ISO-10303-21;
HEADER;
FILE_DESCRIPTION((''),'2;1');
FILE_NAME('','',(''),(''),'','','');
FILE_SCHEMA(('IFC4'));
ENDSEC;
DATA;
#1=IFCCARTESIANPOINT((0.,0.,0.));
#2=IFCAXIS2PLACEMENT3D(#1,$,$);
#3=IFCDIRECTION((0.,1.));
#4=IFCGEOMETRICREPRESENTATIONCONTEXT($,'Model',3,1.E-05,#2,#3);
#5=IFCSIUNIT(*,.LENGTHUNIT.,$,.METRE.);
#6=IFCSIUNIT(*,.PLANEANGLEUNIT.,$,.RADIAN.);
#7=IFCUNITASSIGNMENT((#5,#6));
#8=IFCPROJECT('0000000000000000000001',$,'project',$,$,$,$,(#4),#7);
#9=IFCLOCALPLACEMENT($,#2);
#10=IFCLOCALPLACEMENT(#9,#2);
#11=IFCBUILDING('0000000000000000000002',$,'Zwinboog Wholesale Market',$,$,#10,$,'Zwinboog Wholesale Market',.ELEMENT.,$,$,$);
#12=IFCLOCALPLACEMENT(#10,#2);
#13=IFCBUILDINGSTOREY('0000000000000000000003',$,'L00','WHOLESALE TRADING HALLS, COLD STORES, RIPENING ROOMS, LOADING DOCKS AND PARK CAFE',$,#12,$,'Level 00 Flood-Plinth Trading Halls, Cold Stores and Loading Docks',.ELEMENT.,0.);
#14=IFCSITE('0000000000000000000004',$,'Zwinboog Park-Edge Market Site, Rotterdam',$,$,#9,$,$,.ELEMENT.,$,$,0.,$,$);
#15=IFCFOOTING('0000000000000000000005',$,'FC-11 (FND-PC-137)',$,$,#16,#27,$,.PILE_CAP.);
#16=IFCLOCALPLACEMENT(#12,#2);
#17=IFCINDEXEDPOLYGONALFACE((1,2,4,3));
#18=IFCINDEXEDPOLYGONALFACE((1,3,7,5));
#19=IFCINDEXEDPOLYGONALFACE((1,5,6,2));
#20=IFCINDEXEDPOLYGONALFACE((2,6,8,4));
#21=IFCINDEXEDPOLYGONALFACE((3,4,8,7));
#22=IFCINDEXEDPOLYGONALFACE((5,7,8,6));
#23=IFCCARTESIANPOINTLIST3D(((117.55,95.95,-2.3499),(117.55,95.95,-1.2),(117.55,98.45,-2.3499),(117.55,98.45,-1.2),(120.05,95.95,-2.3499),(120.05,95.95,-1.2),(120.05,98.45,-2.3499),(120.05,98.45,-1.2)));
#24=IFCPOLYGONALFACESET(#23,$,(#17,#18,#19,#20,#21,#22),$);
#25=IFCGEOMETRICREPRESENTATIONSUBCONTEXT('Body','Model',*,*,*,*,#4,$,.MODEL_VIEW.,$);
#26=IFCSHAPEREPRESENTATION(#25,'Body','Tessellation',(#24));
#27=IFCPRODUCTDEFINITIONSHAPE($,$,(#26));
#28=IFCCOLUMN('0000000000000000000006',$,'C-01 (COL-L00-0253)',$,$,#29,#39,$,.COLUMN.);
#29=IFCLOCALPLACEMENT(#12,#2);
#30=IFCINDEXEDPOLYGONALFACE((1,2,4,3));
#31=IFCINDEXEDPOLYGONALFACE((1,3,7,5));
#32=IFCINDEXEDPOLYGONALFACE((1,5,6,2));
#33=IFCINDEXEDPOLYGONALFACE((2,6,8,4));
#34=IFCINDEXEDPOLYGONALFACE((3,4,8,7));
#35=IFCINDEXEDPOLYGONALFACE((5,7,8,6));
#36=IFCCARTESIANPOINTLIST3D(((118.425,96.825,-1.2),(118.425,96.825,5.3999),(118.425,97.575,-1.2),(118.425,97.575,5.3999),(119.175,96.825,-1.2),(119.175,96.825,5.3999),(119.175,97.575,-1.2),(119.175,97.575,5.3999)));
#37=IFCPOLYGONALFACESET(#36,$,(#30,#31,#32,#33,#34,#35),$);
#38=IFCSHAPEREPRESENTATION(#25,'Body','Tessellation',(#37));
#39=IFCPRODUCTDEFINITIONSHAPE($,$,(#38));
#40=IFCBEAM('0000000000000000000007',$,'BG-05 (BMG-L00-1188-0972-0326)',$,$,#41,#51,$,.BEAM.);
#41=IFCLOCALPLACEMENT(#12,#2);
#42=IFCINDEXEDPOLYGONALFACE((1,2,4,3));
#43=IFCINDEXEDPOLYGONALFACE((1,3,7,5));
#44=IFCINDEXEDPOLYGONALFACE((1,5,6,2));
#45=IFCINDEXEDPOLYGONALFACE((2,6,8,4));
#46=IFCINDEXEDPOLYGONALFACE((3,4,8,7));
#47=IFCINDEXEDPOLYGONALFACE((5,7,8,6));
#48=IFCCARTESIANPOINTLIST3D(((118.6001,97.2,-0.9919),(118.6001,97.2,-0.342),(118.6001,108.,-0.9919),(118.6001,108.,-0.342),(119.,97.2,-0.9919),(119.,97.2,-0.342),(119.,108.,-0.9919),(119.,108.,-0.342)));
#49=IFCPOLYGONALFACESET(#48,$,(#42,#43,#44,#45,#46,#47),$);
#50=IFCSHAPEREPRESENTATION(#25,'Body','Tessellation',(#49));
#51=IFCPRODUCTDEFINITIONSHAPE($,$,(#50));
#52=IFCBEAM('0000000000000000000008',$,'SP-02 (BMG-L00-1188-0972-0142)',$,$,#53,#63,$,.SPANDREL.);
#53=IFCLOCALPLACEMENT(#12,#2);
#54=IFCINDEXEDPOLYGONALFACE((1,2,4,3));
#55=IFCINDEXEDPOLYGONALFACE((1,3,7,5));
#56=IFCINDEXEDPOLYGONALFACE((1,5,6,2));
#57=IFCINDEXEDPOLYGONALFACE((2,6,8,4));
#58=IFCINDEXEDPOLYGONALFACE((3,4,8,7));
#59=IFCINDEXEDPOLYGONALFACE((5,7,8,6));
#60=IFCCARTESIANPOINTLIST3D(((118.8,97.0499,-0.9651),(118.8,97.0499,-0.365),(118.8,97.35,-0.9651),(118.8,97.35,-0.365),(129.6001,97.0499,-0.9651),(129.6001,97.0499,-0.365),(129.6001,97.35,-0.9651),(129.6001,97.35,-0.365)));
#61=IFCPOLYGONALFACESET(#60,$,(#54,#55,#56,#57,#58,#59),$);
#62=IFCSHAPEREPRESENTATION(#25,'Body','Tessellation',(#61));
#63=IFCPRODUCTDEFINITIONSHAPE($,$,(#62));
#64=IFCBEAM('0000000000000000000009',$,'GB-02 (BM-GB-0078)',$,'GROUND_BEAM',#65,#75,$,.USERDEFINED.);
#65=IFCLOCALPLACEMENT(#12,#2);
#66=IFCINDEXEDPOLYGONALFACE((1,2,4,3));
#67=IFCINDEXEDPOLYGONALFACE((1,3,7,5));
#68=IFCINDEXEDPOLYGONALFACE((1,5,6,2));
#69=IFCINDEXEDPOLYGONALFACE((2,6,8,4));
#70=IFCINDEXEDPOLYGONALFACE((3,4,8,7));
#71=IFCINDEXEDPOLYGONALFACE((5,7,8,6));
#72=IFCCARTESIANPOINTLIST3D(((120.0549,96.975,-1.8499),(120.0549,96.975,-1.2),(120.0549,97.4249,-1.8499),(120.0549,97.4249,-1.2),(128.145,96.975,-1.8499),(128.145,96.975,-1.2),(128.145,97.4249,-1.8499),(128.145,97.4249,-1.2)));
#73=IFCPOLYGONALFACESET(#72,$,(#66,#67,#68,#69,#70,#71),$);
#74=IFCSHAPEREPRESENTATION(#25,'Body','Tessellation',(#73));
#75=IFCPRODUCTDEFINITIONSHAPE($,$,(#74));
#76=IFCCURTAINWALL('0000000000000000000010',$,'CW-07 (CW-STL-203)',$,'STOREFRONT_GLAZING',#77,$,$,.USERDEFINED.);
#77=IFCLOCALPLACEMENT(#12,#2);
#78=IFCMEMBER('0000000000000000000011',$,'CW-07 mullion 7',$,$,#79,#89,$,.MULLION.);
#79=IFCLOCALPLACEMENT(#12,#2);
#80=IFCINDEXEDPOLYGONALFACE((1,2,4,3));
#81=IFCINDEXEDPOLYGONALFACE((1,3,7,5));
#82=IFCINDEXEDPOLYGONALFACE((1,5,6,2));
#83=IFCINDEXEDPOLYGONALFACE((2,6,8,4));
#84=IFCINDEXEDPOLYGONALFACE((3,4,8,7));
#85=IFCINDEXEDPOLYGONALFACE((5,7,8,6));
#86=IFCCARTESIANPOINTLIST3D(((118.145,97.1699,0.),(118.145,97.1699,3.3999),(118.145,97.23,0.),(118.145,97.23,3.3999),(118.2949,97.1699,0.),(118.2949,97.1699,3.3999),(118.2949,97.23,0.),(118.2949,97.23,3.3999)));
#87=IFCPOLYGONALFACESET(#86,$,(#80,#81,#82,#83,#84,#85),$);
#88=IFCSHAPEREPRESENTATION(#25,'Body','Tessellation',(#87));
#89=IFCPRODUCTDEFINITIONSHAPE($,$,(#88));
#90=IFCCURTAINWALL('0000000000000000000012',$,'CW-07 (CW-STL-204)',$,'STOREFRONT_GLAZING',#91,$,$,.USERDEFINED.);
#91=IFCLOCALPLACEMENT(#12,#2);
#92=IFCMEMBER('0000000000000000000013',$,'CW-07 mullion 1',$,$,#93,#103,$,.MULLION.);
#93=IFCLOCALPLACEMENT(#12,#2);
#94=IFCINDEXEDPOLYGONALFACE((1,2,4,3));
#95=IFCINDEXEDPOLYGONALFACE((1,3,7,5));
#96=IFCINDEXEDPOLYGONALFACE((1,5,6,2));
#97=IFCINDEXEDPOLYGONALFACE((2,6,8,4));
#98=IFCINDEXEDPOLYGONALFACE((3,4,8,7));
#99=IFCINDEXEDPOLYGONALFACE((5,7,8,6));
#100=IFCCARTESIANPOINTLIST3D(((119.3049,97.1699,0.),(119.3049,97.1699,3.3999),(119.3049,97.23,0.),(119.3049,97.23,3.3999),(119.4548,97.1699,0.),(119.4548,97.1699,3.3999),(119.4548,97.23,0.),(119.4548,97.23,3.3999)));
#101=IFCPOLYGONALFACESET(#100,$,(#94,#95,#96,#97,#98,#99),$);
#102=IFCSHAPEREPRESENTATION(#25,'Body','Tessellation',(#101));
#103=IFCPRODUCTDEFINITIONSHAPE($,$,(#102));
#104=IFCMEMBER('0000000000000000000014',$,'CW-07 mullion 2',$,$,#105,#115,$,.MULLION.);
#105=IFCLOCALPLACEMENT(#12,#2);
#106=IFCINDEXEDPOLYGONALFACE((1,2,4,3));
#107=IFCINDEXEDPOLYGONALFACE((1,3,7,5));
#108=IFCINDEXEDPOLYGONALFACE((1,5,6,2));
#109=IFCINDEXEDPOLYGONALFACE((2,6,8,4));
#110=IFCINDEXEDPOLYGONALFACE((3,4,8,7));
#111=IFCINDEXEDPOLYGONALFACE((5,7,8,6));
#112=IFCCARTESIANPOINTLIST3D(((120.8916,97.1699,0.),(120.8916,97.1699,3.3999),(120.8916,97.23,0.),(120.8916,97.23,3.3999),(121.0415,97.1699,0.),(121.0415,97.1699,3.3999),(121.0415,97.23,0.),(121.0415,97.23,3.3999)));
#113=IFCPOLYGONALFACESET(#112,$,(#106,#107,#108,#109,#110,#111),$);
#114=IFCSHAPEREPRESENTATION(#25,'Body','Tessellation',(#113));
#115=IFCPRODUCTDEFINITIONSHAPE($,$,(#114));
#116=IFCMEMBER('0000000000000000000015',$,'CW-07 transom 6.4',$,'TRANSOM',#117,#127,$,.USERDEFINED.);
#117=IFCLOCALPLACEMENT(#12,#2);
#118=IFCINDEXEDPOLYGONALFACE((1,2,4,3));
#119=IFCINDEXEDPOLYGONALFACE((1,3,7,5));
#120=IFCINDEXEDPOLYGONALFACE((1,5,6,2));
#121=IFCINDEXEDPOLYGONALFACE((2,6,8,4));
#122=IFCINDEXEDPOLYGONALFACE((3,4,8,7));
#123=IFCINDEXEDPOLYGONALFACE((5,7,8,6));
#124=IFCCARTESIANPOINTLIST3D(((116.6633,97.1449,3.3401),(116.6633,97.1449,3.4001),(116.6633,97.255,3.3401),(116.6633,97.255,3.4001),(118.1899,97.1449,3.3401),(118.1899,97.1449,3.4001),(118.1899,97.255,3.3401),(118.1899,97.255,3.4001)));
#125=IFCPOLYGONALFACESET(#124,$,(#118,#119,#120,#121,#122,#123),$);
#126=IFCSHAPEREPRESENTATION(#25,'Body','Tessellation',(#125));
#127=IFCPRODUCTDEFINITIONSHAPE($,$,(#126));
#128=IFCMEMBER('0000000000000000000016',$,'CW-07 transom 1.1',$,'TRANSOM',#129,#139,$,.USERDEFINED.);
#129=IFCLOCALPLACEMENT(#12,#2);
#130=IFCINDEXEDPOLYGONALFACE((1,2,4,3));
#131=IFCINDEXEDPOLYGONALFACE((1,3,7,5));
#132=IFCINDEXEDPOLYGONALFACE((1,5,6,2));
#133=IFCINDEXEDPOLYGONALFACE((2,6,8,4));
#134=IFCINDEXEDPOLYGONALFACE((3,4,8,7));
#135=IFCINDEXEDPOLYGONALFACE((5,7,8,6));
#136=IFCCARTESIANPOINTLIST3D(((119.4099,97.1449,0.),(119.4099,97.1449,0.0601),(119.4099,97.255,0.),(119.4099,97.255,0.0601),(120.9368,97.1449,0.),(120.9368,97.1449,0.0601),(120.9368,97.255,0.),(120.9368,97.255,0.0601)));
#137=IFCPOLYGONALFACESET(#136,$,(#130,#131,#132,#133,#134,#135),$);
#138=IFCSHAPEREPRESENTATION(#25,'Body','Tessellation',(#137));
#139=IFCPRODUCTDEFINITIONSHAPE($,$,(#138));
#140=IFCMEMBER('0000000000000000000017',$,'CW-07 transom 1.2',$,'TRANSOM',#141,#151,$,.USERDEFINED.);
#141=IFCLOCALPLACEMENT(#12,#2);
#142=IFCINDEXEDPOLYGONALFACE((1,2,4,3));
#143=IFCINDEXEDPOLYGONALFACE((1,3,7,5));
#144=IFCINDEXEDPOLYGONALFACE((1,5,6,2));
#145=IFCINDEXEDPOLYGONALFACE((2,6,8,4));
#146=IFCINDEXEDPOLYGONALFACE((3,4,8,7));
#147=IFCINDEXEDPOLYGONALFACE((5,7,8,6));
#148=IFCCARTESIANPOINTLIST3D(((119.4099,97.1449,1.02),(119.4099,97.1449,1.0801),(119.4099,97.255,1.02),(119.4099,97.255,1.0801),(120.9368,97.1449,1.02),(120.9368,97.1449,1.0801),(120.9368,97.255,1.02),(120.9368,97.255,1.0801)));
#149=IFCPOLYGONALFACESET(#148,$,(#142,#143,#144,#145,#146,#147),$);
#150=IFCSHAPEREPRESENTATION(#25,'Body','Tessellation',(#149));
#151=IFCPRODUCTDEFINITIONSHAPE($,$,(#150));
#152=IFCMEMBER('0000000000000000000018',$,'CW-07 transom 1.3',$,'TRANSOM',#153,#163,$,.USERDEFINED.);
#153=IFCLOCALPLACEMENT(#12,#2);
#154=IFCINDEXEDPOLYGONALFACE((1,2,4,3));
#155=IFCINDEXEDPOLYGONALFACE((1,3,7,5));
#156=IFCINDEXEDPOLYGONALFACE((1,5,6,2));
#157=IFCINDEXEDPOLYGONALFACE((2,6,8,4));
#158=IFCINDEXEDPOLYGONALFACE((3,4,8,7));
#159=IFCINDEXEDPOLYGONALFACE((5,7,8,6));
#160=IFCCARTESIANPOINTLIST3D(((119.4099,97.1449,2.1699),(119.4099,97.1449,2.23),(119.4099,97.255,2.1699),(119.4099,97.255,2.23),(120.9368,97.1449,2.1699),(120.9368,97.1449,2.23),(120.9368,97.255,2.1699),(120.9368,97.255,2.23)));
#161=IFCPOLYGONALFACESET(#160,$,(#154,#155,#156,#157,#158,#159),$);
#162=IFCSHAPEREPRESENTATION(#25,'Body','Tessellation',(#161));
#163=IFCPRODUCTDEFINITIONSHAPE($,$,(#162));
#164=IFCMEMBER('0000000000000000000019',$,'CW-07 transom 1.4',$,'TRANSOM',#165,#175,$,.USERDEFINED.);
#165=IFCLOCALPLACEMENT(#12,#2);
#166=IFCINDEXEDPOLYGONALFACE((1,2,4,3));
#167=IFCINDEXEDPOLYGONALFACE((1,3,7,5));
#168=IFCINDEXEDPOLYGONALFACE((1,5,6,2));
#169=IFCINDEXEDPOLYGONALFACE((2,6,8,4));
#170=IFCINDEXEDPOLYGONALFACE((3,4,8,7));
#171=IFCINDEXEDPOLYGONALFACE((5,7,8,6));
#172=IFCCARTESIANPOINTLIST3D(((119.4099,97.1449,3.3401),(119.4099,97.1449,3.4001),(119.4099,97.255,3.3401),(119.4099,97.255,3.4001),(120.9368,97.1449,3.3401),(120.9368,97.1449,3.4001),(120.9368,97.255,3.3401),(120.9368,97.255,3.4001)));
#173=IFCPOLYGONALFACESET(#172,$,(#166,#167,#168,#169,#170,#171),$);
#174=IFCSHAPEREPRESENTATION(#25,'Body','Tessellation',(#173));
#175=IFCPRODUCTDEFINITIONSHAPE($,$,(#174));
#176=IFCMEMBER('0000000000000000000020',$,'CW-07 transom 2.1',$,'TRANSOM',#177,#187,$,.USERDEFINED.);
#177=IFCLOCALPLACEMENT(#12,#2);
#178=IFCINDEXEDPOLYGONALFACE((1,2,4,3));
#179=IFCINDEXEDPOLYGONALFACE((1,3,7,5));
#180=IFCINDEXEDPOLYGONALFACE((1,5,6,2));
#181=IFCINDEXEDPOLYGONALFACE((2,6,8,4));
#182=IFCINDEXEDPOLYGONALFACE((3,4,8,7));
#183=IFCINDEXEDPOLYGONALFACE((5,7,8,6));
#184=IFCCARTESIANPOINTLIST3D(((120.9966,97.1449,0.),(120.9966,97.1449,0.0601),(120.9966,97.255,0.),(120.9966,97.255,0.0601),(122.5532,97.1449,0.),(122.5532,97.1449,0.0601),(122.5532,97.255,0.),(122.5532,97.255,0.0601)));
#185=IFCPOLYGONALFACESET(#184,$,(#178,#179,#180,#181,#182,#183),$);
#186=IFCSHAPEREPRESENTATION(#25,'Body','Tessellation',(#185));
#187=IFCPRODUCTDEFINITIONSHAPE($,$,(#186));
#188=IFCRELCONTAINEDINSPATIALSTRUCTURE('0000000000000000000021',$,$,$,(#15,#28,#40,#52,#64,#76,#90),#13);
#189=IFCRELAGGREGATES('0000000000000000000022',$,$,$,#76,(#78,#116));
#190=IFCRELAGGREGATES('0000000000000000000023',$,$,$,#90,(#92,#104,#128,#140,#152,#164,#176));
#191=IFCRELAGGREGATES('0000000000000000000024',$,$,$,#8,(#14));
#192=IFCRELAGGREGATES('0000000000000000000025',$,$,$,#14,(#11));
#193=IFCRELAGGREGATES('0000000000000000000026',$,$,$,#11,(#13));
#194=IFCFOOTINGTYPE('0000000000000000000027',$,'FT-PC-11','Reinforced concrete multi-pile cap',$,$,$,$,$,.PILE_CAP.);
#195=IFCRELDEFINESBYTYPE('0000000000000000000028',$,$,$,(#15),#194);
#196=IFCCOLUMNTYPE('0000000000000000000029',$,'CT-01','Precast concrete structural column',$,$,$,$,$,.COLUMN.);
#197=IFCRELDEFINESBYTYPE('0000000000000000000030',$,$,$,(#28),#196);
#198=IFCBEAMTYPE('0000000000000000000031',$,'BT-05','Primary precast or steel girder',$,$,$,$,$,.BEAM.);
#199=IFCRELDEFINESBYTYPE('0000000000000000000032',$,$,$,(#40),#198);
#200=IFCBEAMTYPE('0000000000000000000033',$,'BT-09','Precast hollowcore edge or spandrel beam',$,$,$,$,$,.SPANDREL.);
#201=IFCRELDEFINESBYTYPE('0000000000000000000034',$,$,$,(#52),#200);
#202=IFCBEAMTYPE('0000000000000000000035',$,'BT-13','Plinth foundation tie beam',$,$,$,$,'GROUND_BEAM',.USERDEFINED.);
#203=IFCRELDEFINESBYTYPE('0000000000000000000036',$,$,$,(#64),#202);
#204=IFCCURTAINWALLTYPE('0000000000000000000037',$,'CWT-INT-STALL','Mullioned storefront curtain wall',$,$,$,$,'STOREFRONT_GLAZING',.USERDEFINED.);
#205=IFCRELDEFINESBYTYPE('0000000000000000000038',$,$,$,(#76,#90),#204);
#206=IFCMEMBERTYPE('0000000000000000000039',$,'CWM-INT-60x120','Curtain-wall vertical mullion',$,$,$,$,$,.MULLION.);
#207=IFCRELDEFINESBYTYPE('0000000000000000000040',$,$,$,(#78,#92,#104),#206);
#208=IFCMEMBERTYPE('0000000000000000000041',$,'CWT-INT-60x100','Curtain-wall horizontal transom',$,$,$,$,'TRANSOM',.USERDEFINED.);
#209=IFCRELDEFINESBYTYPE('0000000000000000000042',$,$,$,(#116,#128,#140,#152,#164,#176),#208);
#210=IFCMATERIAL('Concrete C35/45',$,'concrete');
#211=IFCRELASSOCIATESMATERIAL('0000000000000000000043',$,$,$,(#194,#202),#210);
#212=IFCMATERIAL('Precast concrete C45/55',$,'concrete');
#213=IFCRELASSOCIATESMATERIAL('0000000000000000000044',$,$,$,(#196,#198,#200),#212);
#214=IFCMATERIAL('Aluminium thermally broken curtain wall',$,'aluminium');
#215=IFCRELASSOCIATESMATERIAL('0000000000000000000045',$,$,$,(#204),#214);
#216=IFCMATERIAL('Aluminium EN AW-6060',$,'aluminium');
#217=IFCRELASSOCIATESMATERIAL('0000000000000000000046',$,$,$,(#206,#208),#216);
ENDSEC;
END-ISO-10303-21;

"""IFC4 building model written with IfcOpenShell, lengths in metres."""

from ifc_helpers import new_model, si_unit, direction, frame, origin, origin_2d, place, context, subcontext, project, spatial, rectangle, extrude, material, material_profile, profile_set, type_object, element, aggregate, save


model = new_model("IFC4")

# Units and contexts
model_context = context("Model", 3, precision=1e-05, world=origin(), true_north=direction((0.0, 1.0)))
body_context = subcontext(model_context, "Body", "Model", "MODEL_VIEW")
ifc_project = project(units=[si_unit("LENGTHUNIT", "METRE"), si_unit("PLANEANGLEUNIT", "RADIAN")], contexts=[model_context])

# Site, building, storey
site_placement = place(None, origin())
site = spatial("IfcSite", under=ifc_project, at=site_placement, Name="Zwinboog Park-Edge Market Site, Rotterdam", CompositionType="ELEMENT", RefElevation=0.0)
building_placement = place(site_placement, origin())
building = spatial("IfcBuilding", under=site, at=building_placement, Name="Zwinboog Wholesale Market", LongName="Zwinboog Wholesale Market", CompositionType="ELEMENT")
storey_placement = place(building_placement, origin())
storey = spatial("IfcBuildingStorey", under=building, at=storey_placement, Name="L00", Description="WHOLESALE TRADING HALLS, COLD STORES, RIPENING ROOMS, LOADING DOCKS AND PARK CAFE", LongName="Level 00 Flood-Plinth Trading Halls, Cold Stores and Loading Docks", CompositionType="ELEMENT", Elevation=0.0)

# Footing
ifc_material_1 = material(Name="Concrete C35/45", Category="concrete")
footing_type = type_object("IfcFootingType", Name="FT-PC-11", Description="Reinforced concrete multi-pile cap", PredefinedType="PILE_CAP", material=ifc_material_1)
footing_placement = place(storey_placement, frame((118.8, 97.2, -2.3499), z_axis=(0.0, 0.0, 1.0), x_axis=(1.0, 0.0, 0.0)))
element("IfcFooting", 1, at=footing_placement, inside=storey, type_object=footing_type, Name="FC-11 (FND-PC-137)", PredefinedType="PILE_CAP", context=body_context, shape_type="SweptSolid", body=[
    extrude(rectangle(XDim=2.5, YDim=2.5, at=origin_2d()), origin(), (0.0, 0.0, 1.0), 1.1499),
])

# Column
ifc_material_2 = material(Name="Precast concrete C45/55", Category="concrete")
ifc_material_profile_1 = material_profile(ifc_material_2, rectangle(XDim=0.75, YDim=0.75, at=origin_2d()), Name="PC 750x750")
ifc_profile_set_1 = profile_set([ifc_material_profile_1], Name="Precast concrete C45/55")
column_type = type_object("IfcColumnType", Name="CT-01", Description="Precast concrete structural column", PredefinedType="COLUMN", material=ifc_profile_set_1)
column_placement = place(storey_placement, frame((118.8, 97.2, -1.2), z_axis=(0.0, 0.0, 1.0), x_axis=(1.0, 0.0, 0.0)))
element("IfcColumn", 2, at=column_placement, inside=storey, type_object=column_type, Name="C-01 (COL-L00-0253)", PredefinedType="COLUMN", context=body_context, shape_type="SweptSolid", body=[
    extrude(rectangle(XDim=0.75, YDim=0.75, at=origin_2d()), origin(), (0.0, 0.0, 1.0), 6.5999),
])

# Beams
ifc_material_profile_2 = material_profile(ifc_material_2, rectangle(XDim=0.3999, YDim=0.6499, at=origin_2d()), Name="PC 400x650")
ifc_profile_set_2 = profile_set([ifc_material_profile_2], Name="Precast concrete C45/55")
beam_type_1 = type_object("IfcBeamType", Name="BT-05", Description="Primary precast or steel girder", PredefinedType="BEAM", material=ifc_profile_set_2)
beam_1_placement = place(storey_placement, frame((118.8, 97.2, -0.667), z_axis=(0.0, 1.0, 0.0), x_axis=(-1.0, 0.0, 0.0)))
element("IfcBeam", 3, at=beam_1_placement, inside=storey, type_object=beam_type_1, Name="BG-05 (BMG-L00-1188-0972-0326)", PredefinedType="BEAM", context=body_context, shape_type="SweptSolid", body=[
    extrude(rectangle(XDim=0.3999, YDim=0.6499, at=origin_2d()), origin(), (0.0, 0.0, 1.0), 10.8),
])
ifc_material_profile_3 = material_profile(ifc_material_2, rectangle(XDim=0.3, YDim=0.6001, at=origin_2d()), Name="PC 300x600")
ifc_profile_set_3 = profile_set([ifc_material_profile_3], Name="Precast concrete C45/55")
beam_type_2 = type_object("IfcBeamType", Name="BT-09", Description="Precast hollowcore edge or spandrel beam", PredefinedType="SPANDREL", material=ifc_profile_set_3)
beam_2_placement = place(storey_placement, frame((118.8, 97.2, -0.665), z_axis=(1.0, 0.0, 0.0), x_axis=(0.0, 1.0, 0.0)))
element("IfcBeam", 4, at=beam_2_placement, inside=storey, type_object=beam_type_2, Name="SP-02 (BMG-L00-1188-0972-0142)", PredefinedType="SPANDREL", context=body_context, shape_type="SweptSolid", body=[
    extrude(rectangle(XDim=0.3, YDim=0.6001, at=origin_2d()), origin(), (0.0, 0.0, 1.0), 10.8),
])
ifc_material_profile_4 = material_profile(ifc_material_1, rectangle(XDim=0.45, YDim=0.6499, at=origin_2d()), Name="RC 450x650")
ifc_profile_set_4 = profile_set([ifc_material_profile_4], Name="Concrete C35/45")
beam_type_3 = type_object("IfcBeamType", Name="BT-13", Description="Plinth foundation tie beam", ElementType="GROUND_BEAM", PredefinedType="USERDEFINED", material=ifc_profile_set_4)
beam_3_placement = place(storey_placement, frame((120.0549, 97.2, -1.5249), z_axis=(1.0, 0.0, 0.0), x_axis=(0.0, 1.0, 0.0)))
element("IfcBeam", 5, at=beam_3_placement, inside=storey, type_object=beam_type_3, Name="GB-02 (BM-GB-0078)", ObjectType="GROUND_BEAM", PredefinedType="USERDEFINED", context=body_context, shape_type="SweptSolid", body=[
    extrude(rectangle(XDim=0.45, YDim=0.6499, at=origin_2d()), origin(), (0.0, 0.0, 1.0), 8.0901),
])

# Curtain wall, member
ifc_material_3 = material(Name="Aluminium thermally broken curtain wall", Category="aluminium")
curtain_wall_type = type_object("IfcCurtainWallType", Name="CWT-INT-STALL", Description="Mullioned storefront curtain wall", ElementType="STOREFRONT_GLAZING", PredefinedType="USERDEFINED", material=ifc_material_3)
curtain_wall_1_placement = place(storey_placement, origin())
curtain_wall_1 = element("IfcCurtainWall", 6, at=curtain_wall_1_placement, inside=storey, type_object=curtain_wall_type, Name="CW-07 (CW-STL-203)", ObjectType="STOREFRONT_GLAZING", PredefinedType="USERDEFINED")
ifc_material_4 = material(Name="Aluminium EN AW-6060", Category="aluminium")
ifc_material_profile_5 = material_profile(ifc_material_4, rectangle(XDim=0.0601, YDim=0.1499, at=origin_2d()), Name="AL 60x150")
ifc_profile_set_5 = profile_set([ifc_material_profile_5], Name="Aluminium EN AW-6060")
member_type_1 = type_object("IfcMemberType", Name="CWM-INT-60x120", Description="Curtain-wall vertical mullion", PredefinedType="MULLION", material=ifc_profile_set_5)
member_1_placement = place(storey_placement, frame((118.22, 97.2, 0.0), z_axis=(0.0, 0.0, 1.0), x_axis=(0.0, 1.0, 0.0)))
member_1 = element("IfcMember", 7, at=member_1_placement, type_object=member_type_1, Name="CW-07 mullion 7", PredefinedType="MULLION", context=body_context, shape_type="SweptSolid", body=[
    extrude(rectangle(XDim=0.0601, YDim=0.1499, at=origin_2d()), origin(), (0.0, 0.0, 1.0), 3.3999),
])

# Curtain wall, members
curtain_wall_2_placement = place(storey_placement, origin())
curtain_wall_2 = element("IfcCurtainWall", 8, at=curtain_wall_2_placement, inside=storey, type_object=curtain_wall_type, Name="CW-07 (CW-STL-204)", ObjectType="STOREFRONT_GLAZING", PredefinedType="USERDEFINED")
member_2_placement = place(storey_placement, frame((119.3799, 97.2, 0.0), z_axis=(0.0, 0.0, 1.0), x_axis=(0.0, 1.0, 0.0)))
member_2 = element("IfcMember", 9, at=member_2_placement, type_object=member_type_1, Name="CW-07 mullion 1", PredefinedType="MULLION", context=body_context, shape_type="SweptSolid", body=[
    extrude(rectangle(XDim=0.0601, YDim=0.1499, at=origin_2d()), origin(), (0.0, 0.0, 1.0), 3.3999),
])
member_3_placement = place(storey_placement, frame((120.9666, 97.2, 0.0), z_axis=(0.0, 0.0, 1.0), x_axis=(0.0, 1.0, 0.0)))
member_3 = element("IfcMember", 10, at=member_3_placement, type_object=member_type_1, Name="CW-07 mullion 2", PredefinedType="MULLION", context=body_context, shape_type="SweptSolid", body=[
    extrude(rectangle(XDim=0.0601, YDim=0.1499, at=origin_2d()), origin(), (0.0, 0.0, 1.0), 3.3999),
])

# Members
ifc_material_profile_6 = material_profile(ifc_material_4, rectangle(XDim=0.1101, YDim=0.0601, at=origin_2d()), Name="AL 60x110")
ifc_profile_set_6 = profile_set([ifc_material_profile_6], Name="Aluminium EN AW-6060")
member_type_2 = type_object("IfcMemberType", Name="CWT-INT-60x100", Description="Curtain-wall horizontal transom", ElementType="TRANSOM", PredefinedType="USERDEFINED", material=ifc_profile_set_6)
member_4_placement = place(storey_placement, frame((116.6633, 97.2, 3.3701), z_axis=(1.0, 0.0, 0.0), x_axis=(0.0, 1.0, 0.0)))
member_4 = element("IfcMember", 11, at=member_4_placement, type_object=member_type_2, Name="CW-07 transom 6.4", ObjectType="TRANSOM", PredefinedType="USERDEFINED", context=body_context, shape_type="SweptSolid", body=[
    extrude(rectangle(XDim=0.1101, YDim=0.0601, at=origin_2d()), origin(), (0.0, 0.0, 1.0), 1.5266),
])
member_5_placement = place(storey_placement, frame((119.4099, 97.2, 0.03), z_axis=(1.0, 0.0, 0.0), x_axis=(0.0, 1.0, 0.0)))
member_5 = element("IfcMember", 12, at=member_5_placement, type_object=member_type_2, Name="CW-07 transom 1.1", ObjectType="TRANSOM", PredefinedType="USERDEFINED", context=body_context, shape_type="SweptSolid", body=[
    extrude(rectangle(XDim=0.1101, YDim=0.0601, at=origin_2d()), origin(), (0.0, 0.0, 1.0), 1.5269),
])
member_6_placement = place(storey_placement, frame((119.4099, 97.2, 1.05), z_axis=(1.0, 0.0, 0.0), x_axis=(0.0, 1.0, 0.0)))
member_6 = element("IfcMember", 13, at=member_6_placement, type_object=member_type_2, Name="CW-07 transom 1.2", ObjectType="TRANSOM", PredefinedType="USERDEFINED", context=body_context, shape_type="SweptSolid", body=[
    extrude(rectangle(XDim=0.1101, YDim=0.0601, at=origin_2d()), origin(), (0.0, 0.0, 1.0), 1.5269),
])
member_7_placement = place(storey_placement, frame((119.4099, 97.2, 2.2), z_axis=(1.0, 0.0, 0.0), x_axis=(0.0, 1.0, 0.0)))
member_7 = element("IfcMember", 14, at=member_7_placement, type_object=member_type_2, Name="CW-07 transom 1.3", ObjectType="TRANSOM", PredefinedType="USERDEFINED", context=body_context, shape_type="SweptSolid", body=[
    extrude(rectangle(XDim=0.1101, YDim=0.0601, at=origin_2d()), origin(), (0.0, 0.0, 1.0), 1.5269),
])
member_8_placement = place(storey_placement, frame((119.4099, 97.2, 3.3701), z_axis=(1.0, 0.0, 0.0), x_axis=(0.0, 1.0, 0.0)))
member_8 = element("IfcMember", 15, at=member_8_placement, type_object=member_type_2, Name="CW-07 transom 1.4", ObjectType="TRANSOM", PredefinedType="USERDEFINED", context=body_context, shape_type="SweptSolid", body=[
    extrude(rectangle(XDim=0.1101, YDim=0.0601, at=origin_2d()), origin(), (0.0, 0.0, 1.0), 1.5269),
])
member_9_placement = place(storey_placement, frame((120.9966, 97.2, 0.03), z_axis=(1.0, 0.0, 0.0), x_axis=(0.0, 1.0, 0.0)))
member_9 = element("IfcMember", 16, at=member_9_placement, type_object=member_type_2, Name="CW-07 transom 2.1", ObjectType="TRANSOM", PredefinedType="USERDEFINED", context=body_context, shape_type="SweptSolid", body=[
    extrude(rectangle(XDim=0.1101, YDim=0.0601, at=origin_2d()), origin(), (0.0, 0.0, 1.0), 1.5566),
])

aggregate(curtain_wall_1, [member_1, member_4])
aggregate(curtain_wall_2, [member_2, member_3, member_5, member_6, member_7, member_8, member_9])

save(model, "model.ifc")
